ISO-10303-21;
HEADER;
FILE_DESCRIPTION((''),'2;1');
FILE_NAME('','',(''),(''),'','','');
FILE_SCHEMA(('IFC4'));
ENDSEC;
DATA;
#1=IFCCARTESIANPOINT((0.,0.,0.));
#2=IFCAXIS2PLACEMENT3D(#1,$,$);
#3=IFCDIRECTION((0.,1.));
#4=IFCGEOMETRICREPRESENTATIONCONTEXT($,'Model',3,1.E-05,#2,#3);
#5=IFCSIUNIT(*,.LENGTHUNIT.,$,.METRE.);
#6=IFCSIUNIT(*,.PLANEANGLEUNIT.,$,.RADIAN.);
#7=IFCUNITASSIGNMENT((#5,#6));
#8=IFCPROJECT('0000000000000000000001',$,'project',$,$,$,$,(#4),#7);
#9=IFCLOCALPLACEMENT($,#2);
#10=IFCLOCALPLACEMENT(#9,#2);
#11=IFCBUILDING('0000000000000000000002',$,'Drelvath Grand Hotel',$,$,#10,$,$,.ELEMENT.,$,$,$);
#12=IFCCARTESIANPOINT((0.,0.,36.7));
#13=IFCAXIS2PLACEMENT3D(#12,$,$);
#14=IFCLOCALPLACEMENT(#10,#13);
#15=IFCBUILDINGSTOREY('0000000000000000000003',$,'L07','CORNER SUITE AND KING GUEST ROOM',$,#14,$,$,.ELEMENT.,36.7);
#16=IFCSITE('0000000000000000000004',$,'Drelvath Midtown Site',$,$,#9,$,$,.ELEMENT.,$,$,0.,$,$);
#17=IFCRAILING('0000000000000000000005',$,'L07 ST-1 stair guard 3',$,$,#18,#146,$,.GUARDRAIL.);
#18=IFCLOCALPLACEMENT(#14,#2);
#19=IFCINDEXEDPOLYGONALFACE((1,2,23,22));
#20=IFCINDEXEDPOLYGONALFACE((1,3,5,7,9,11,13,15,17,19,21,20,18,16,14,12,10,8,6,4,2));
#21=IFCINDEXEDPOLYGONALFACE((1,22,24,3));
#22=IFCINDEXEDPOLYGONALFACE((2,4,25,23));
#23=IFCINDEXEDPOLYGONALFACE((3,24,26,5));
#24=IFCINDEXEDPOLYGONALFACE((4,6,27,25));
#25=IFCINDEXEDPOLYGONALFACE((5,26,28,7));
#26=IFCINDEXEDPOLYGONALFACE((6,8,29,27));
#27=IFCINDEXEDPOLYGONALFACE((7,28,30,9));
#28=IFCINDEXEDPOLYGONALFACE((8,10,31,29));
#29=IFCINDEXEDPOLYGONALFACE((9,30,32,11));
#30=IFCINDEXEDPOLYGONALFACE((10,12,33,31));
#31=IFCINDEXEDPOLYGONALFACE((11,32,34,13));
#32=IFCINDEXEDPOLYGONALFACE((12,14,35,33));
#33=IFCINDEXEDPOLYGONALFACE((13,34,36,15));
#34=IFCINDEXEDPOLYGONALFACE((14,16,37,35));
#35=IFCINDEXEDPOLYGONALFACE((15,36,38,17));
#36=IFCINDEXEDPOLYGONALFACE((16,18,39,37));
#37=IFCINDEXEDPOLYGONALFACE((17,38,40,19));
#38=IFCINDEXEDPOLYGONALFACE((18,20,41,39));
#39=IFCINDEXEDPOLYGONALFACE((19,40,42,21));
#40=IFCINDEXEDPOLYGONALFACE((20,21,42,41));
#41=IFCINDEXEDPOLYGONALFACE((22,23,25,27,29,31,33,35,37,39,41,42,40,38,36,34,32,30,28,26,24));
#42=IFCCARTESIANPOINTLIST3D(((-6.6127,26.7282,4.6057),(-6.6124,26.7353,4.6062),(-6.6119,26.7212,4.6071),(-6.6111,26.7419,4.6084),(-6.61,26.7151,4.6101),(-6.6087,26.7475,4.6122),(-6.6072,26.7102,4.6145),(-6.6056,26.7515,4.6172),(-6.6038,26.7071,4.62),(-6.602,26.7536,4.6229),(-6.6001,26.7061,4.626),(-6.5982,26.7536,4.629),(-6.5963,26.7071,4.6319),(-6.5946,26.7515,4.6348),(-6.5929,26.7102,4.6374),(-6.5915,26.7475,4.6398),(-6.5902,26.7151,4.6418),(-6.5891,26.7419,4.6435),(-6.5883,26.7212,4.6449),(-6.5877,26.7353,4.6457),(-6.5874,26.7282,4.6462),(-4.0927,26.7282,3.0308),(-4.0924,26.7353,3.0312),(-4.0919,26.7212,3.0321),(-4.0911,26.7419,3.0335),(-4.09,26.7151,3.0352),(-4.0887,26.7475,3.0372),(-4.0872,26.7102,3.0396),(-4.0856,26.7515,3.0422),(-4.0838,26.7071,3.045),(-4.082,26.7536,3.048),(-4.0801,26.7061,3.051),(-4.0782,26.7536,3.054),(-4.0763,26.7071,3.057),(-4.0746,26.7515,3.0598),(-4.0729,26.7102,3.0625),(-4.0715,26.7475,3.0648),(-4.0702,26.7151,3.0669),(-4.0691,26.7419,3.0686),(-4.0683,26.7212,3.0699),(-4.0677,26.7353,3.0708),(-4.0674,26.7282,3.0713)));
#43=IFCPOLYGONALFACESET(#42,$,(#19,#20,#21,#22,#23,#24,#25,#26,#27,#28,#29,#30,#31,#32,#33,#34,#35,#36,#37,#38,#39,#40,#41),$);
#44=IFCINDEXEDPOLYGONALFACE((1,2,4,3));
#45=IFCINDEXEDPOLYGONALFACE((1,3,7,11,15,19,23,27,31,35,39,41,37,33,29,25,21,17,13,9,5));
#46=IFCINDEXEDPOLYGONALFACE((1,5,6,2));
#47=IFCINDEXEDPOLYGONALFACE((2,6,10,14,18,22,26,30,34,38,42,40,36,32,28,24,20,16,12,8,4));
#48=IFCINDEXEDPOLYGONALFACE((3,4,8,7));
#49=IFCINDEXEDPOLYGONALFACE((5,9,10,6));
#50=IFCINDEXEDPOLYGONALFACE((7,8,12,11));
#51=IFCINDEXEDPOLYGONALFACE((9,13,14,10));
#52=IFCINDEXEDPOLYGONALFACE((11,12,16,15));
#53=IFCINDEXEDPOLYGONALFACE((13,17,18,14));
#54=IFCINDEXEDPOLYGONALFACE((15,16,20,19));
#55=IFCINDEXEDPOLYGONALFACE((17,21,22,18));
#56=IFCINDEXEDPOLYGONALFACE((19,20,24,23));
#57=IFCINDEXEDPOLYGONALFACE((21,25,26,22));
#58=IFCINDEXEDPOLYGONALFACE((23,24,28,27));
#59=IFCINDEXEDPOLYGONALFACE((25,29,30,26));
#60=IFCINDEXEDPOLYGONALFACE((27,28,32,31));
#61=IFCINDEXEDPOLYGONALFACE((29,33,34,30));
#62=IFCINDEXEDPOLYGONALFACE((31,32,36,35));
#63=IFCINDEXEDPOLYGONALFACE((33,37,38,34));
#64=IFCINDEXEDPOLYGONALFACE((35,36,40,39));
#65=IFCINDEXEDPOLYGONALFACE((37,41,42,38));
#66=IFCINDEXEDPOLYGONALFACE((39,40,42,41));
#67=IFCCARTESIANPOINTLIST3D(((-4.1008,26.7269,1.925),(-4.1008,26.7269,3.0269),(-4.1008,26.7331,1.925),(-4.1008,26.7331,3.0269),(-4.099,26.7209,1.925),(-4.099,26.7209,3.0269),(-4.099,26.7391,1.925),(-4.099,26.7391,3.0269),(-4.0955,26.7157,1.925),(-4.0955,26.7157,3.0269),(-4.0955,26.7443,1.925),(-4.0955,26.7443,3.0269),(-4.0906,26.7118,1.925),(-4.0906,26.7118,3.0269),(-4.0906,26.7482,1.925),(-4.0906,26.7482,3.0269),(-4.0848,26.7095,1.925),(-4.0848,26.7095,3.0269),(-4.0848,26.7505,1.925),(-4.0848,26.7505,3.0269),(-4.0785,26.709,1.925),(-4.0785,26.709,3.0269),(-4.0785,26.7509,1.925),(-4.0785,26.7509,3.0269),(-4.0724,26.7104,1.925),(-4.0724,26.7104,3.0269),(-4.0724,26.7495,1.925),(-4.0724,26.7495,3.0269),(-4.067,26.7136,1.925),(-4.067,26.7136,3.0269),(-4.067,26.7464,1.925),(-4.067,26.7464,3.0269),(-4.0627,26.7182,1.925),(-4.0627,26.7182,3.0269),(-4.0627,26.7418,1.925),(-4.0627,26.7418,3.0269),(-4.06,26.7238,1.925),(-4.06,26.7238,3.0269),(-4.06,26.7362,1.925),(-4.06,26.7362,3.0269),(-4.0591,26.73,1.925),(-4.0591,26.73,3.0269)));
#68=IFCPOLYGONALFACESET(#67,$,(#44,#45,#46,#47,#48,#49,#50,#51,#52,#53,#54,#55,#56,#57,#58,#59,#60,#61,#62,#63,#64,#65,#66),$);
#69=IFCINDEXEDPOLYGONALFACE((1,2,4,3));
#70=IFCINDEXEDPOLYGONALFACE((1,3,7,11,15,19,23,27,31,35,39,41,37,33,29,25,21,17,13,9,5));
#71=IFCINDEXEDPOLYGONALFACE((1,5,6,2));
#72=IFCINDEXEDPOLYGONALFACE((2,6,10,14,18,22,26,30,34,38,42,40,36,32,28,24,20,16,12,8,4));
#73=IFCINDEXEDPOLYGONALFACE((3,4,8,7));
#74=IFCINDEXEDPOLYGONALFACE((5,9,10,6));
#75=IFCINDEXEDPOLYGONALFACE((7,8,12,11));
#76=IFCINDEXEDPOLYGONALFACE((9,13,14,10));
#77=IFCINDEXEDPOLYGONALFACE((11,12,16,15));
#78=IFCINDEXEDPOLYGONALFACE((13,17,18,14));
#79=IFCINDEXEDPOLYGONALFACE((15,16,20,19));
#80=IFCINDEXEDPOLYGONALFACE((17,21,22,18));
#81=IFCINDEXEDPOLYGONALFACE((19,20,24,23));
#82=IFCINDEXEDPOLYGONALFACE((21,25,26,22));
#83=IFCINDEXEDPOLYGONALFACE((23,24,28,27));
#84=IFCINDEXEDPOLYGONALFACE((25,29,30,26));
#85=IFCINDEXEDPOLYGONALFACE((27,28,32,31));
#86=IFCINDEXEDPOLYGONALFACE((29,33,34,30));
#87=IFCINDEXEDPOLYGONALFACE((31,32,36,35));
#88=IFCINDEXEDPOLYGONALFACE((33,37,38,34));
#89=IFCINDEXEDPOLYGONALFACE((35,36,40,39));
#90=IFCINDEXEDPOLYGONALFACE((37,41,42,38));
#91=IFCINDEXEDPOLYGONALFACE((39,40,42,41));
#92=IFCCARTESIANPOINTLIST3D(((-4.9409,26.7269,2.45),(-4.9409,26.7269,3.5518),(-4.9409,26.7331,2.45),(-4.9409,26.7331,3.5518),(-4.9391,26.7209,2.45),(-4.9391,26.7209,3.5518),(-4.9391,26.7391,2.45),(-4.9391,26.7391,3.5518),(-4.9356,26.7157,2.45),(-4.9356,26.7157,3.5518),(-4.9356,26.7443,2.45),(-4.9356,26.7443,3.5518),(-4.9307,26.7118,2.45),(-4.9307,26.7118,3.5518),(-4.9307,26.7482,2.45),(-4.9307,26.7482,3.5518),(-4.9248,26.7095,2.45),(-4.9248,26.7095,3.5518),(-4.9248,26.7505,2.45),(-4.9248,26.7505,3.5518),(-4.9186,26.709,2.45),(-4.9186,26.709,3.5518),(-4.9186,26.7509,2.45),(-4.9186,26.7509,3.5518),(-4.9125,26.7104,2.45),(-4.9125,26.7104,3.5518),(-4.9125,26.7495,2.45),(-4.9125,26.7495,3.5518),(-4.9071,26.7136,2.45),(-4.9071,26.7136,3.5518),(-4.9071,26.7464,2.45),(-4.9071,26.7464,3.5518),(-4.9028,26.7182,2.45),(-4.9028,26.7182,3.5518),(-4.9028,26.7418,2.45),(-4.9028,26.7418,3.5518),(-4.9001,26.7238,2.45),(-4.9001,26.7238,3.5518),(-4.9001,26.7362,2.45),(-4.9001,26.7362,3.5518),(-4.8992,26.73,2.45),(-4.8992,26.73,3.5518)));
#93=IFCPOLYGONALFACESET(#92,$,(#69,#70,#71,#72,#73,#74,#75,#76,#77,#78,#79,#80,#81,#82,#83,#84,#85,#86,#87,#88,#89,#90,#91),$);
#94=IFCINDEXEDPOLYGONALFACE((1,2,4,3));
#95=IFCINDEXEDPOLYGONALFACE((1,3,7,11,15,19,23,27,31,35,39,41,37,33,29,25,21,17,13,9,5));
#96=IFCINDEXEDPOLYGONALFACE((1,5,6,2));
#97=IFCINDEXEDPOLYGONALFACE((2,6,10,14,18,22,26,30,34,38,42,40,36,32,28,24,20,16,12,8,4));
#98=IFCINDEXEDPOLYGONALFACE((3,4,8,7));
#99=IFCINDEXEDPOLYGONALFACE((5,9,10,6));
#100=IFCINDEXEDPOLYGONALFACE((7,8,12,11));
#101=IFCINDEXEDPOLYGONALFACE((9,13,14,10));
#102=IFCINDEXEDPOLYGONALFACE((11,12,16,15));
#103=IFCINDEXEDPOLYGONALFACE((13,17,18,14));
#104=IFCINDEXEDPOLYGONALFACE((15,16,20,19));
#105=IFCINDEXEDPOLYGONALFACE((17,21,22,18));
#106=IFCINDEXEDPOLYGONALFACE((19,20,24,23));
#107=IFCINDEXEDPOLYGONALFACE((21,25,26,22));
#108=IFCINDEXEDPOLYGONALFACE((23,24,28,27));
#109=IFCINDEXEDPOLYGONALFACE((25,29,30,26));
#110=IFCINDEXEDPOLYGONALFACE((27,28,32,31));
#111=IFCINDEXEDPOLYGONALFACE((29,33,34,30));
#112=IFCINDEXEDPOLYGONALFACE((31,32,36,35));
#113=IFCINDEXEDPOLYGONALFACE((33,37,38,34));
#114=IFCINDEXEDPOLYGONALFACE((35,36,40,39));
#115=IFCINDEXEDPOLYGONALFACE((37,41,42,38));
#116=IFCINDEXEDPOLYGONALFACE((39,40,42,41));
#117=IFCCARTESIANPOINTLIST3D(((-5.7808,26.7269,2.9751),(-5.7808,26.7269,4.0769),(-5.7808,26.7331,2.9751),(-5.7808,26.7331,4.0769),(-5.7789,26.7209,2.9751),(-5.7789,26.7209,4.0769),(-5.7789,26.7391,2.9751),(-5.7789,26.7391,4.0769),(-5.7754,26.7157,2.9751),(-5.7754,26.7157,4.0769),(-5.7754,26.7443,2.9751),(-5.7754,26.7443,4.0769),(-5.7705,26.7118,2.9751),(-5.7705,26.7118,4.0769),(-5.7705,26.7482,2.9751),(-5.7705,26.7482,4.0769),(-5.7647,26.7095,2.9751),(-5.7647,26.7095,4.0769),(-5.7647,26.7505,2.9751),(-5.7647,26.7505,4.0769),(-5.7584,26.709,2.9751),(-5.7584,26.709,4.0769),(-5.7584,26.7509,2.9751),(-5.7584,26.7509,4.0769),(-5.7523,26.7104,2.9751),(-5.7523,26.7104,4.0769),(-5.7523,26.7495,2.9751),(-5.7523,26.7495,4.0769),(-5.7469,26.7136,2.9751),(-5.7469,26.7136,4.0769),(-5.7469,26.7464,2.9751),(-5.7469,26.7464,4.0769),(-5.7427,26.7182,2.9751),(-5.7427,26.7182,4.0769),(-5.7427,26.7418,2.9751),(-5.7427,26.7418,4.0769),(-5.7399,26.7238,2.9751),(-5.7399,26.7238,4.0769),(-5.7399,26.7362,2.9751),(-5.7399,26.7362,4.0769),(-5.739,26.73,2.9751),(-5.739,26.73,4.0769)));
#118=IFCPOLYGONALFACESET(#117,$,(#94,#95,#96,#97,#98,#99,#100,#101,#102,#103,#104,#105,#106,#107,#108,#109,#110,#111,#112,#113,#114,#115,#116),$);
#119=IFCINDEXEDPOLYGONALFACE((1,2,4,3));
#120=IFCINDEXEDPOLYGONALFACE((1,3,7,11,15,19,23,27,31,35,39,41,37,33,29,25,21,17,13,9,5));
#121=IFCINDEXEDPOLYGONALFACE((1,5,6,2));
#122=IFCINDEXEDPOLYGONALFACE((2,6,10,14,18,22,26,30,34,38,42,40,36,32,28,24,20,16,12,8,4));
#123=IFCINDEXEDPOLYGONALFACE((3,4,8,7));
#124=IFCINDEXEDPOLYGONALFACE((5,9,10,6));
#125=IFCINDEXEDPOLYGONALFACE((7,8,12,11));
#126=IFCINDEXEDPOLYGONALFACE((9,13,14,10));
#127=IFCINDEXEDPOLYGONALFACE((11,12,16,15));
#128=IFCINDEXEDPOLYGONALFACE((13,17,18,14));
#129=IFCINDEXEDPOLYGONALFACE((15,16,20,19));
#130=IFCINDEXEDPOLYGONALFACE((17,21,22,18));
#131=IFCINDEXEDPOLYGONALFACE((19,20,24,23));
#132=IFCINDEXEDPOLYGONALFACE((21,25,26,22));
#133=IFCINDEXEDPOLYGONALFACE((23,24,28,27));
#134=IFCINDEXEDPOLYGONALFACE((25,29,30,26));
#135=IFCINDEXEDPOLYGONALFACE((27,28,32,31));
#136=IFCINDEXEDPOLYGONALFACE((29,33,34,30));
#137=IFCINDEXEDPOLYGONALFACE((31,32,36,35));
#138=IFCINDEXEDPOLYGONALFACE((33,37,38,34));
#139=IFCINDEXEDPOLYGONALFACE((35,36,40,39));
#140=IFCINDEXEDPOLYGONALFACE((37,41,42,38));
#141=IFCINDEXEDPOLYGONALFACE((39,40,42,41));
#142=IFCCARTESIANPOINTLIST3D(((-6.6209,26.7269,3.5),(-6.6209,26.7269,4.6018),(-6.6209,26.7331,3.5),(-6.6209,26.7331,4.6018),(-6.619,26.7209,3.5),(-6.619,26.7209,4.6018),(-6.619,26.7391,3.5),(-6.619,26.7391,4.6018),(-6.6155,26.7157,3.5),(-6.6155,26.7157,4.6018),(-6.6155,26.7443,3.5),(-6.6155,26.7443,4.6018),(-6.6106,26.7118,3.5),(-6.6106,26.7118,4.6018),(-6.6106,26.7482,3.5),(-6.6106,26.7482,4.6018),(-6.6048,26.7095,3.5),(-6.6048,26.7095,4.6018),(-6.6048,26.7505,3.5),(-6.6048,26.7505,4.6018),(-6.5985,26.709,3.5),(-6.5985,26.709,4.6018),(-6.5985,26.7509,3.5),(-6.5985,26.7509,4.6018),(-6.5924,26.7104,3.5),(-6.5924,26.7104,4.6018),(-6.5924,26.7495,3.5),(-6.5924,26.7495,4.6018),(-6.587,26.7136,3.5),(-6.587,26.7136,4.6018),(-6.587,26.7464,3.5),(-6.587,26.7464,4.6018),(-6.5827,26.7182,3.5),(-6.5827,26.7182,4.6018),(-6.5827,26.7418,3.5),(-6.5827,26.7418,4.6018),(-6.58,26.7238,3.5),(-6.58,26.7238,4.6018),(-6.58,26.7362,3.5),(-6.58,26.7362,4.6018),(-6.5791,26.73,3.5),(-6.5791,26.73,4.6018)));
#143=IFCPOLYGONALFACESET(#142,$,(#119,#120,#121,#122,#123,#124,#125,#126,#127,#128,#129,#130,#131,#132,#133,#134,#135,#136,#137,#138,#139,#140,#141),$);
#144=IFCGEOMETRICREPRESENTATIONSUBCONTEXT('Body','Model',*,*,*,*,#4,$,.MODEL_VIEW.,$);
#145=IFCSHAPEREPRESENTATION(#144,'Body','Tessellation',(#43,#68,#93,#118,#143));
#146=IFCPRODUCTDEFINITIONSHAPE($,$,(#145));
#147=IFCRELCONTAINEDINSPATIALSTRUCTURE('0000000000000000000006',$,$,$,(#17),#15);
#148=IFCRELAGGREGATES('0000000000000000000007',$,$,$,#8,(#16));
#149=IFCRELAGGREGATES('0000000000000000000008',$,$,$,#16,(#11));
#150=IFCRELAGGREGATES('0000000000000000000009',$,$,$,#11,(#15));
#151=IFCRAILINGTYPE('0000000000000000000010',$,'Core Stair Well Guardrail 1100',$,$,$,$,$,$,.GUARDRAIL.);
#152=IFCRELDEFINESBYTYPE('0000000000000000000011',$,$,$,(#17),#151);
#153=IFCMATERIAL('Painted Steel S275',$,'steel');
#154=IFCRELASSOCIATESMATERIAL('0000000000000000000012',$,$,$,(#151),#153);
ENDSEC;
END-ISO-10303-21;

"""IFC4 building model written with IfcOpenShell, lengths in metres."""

from ifc_helpers import new_model, si_unit, direction, frame, origin, origin_2d, place, context, subcontext, project, spatial, circle, extrude, material, type_object, element, save


model = new_model("IFC4")

# Units and contexts
model_context = context("Model", 3, precision=1e-05, world=origin(), true_north=direction((0.0, 1.0)))
body_context = subcontext(model_context, "Body", "Model", "MODEL_VIEW")
ifc_project = project(units=[si_unit("LENGTHUNIT", "METRE"), si_unit("PLANEANGLEUNIT", "RADIAN")], contexts=[model_context])

# Site, building, storey
site_placement = place(None, origin())
site = spatial("IfcSite", under=ifc_project, at=site_placement, Name="Drelvath Midtown Site", CompositionType="ELEMENT", RefElevation=0.0)
building_placement = place(site_placement, origin())
building = spatial("IfcBuilding", under=site, at=building_placement, Name="Drelvath Grand Hotel", CompositionType="ELEMENT")
storey_placement = place(building_placement, frame((0.0, 0.0, 36.7)))
storey = spatial("IfcBuildingStorey", under=building, at=storey_placement, Name="L07", Description="CORNER SUITE AND KING GUEST ROOM", CompositionType="ELEMENT", Elevation=36.7)

# Shared definitions
ifc_material_1 = material(Name="Painted Steel S275", Category="steel")

# Railing
railing_type_1 = type_object("IfcRailingType", Name="Core Stair Well Guardrail 1100", PredefinedType="GUARDRAIL", material=ifc_material_1)
railing_1_placement = place(storey_placement, frame((-4.0801, 26.73, 1.925)))
element("IfcRailing", 1, at=railing_1_placement, inside=storey, type_object=railing_type_1, Name="L07 ST-1 stair guard 3", PredefinedType="GUARDRAIL", context=body_context, shape_type="SweptSolid", body=[
    extrude(circle(Radius=0.0239, at=origin_2d()), frame((0.0, 0.0, 1.126), z_axis=(-0.848008, 0.0, 0.529984), x_axis=(0.0, -1.0, 0.0)), (0.0, 0.0, 1.0), 2.9717),
    extrude(circle(Radius=0.021, at=origin_2d()), origin(), (0.0, 0.0, 1.0), 1.1018),
    extrude(circle(Radius=0.021, at=origin_2d()), frame((-0.8401, 0.0, 0.5249)), (0.0, 0.0, 1.0), 1.1018),
    extrude(circle(Radius=0.021, at=origin_2d()), frame((-1.6799, 0.0, 1.05)), (0.0, 0.0, 1.0), 1.1018),
    extrude(circle(Radius=0.021, at=origin_2d()), frame((-2.52, 0.0, 1.575)), (0.0, 0.0, 1.0), 1.1018),
])

save(model, "model.ifc")
